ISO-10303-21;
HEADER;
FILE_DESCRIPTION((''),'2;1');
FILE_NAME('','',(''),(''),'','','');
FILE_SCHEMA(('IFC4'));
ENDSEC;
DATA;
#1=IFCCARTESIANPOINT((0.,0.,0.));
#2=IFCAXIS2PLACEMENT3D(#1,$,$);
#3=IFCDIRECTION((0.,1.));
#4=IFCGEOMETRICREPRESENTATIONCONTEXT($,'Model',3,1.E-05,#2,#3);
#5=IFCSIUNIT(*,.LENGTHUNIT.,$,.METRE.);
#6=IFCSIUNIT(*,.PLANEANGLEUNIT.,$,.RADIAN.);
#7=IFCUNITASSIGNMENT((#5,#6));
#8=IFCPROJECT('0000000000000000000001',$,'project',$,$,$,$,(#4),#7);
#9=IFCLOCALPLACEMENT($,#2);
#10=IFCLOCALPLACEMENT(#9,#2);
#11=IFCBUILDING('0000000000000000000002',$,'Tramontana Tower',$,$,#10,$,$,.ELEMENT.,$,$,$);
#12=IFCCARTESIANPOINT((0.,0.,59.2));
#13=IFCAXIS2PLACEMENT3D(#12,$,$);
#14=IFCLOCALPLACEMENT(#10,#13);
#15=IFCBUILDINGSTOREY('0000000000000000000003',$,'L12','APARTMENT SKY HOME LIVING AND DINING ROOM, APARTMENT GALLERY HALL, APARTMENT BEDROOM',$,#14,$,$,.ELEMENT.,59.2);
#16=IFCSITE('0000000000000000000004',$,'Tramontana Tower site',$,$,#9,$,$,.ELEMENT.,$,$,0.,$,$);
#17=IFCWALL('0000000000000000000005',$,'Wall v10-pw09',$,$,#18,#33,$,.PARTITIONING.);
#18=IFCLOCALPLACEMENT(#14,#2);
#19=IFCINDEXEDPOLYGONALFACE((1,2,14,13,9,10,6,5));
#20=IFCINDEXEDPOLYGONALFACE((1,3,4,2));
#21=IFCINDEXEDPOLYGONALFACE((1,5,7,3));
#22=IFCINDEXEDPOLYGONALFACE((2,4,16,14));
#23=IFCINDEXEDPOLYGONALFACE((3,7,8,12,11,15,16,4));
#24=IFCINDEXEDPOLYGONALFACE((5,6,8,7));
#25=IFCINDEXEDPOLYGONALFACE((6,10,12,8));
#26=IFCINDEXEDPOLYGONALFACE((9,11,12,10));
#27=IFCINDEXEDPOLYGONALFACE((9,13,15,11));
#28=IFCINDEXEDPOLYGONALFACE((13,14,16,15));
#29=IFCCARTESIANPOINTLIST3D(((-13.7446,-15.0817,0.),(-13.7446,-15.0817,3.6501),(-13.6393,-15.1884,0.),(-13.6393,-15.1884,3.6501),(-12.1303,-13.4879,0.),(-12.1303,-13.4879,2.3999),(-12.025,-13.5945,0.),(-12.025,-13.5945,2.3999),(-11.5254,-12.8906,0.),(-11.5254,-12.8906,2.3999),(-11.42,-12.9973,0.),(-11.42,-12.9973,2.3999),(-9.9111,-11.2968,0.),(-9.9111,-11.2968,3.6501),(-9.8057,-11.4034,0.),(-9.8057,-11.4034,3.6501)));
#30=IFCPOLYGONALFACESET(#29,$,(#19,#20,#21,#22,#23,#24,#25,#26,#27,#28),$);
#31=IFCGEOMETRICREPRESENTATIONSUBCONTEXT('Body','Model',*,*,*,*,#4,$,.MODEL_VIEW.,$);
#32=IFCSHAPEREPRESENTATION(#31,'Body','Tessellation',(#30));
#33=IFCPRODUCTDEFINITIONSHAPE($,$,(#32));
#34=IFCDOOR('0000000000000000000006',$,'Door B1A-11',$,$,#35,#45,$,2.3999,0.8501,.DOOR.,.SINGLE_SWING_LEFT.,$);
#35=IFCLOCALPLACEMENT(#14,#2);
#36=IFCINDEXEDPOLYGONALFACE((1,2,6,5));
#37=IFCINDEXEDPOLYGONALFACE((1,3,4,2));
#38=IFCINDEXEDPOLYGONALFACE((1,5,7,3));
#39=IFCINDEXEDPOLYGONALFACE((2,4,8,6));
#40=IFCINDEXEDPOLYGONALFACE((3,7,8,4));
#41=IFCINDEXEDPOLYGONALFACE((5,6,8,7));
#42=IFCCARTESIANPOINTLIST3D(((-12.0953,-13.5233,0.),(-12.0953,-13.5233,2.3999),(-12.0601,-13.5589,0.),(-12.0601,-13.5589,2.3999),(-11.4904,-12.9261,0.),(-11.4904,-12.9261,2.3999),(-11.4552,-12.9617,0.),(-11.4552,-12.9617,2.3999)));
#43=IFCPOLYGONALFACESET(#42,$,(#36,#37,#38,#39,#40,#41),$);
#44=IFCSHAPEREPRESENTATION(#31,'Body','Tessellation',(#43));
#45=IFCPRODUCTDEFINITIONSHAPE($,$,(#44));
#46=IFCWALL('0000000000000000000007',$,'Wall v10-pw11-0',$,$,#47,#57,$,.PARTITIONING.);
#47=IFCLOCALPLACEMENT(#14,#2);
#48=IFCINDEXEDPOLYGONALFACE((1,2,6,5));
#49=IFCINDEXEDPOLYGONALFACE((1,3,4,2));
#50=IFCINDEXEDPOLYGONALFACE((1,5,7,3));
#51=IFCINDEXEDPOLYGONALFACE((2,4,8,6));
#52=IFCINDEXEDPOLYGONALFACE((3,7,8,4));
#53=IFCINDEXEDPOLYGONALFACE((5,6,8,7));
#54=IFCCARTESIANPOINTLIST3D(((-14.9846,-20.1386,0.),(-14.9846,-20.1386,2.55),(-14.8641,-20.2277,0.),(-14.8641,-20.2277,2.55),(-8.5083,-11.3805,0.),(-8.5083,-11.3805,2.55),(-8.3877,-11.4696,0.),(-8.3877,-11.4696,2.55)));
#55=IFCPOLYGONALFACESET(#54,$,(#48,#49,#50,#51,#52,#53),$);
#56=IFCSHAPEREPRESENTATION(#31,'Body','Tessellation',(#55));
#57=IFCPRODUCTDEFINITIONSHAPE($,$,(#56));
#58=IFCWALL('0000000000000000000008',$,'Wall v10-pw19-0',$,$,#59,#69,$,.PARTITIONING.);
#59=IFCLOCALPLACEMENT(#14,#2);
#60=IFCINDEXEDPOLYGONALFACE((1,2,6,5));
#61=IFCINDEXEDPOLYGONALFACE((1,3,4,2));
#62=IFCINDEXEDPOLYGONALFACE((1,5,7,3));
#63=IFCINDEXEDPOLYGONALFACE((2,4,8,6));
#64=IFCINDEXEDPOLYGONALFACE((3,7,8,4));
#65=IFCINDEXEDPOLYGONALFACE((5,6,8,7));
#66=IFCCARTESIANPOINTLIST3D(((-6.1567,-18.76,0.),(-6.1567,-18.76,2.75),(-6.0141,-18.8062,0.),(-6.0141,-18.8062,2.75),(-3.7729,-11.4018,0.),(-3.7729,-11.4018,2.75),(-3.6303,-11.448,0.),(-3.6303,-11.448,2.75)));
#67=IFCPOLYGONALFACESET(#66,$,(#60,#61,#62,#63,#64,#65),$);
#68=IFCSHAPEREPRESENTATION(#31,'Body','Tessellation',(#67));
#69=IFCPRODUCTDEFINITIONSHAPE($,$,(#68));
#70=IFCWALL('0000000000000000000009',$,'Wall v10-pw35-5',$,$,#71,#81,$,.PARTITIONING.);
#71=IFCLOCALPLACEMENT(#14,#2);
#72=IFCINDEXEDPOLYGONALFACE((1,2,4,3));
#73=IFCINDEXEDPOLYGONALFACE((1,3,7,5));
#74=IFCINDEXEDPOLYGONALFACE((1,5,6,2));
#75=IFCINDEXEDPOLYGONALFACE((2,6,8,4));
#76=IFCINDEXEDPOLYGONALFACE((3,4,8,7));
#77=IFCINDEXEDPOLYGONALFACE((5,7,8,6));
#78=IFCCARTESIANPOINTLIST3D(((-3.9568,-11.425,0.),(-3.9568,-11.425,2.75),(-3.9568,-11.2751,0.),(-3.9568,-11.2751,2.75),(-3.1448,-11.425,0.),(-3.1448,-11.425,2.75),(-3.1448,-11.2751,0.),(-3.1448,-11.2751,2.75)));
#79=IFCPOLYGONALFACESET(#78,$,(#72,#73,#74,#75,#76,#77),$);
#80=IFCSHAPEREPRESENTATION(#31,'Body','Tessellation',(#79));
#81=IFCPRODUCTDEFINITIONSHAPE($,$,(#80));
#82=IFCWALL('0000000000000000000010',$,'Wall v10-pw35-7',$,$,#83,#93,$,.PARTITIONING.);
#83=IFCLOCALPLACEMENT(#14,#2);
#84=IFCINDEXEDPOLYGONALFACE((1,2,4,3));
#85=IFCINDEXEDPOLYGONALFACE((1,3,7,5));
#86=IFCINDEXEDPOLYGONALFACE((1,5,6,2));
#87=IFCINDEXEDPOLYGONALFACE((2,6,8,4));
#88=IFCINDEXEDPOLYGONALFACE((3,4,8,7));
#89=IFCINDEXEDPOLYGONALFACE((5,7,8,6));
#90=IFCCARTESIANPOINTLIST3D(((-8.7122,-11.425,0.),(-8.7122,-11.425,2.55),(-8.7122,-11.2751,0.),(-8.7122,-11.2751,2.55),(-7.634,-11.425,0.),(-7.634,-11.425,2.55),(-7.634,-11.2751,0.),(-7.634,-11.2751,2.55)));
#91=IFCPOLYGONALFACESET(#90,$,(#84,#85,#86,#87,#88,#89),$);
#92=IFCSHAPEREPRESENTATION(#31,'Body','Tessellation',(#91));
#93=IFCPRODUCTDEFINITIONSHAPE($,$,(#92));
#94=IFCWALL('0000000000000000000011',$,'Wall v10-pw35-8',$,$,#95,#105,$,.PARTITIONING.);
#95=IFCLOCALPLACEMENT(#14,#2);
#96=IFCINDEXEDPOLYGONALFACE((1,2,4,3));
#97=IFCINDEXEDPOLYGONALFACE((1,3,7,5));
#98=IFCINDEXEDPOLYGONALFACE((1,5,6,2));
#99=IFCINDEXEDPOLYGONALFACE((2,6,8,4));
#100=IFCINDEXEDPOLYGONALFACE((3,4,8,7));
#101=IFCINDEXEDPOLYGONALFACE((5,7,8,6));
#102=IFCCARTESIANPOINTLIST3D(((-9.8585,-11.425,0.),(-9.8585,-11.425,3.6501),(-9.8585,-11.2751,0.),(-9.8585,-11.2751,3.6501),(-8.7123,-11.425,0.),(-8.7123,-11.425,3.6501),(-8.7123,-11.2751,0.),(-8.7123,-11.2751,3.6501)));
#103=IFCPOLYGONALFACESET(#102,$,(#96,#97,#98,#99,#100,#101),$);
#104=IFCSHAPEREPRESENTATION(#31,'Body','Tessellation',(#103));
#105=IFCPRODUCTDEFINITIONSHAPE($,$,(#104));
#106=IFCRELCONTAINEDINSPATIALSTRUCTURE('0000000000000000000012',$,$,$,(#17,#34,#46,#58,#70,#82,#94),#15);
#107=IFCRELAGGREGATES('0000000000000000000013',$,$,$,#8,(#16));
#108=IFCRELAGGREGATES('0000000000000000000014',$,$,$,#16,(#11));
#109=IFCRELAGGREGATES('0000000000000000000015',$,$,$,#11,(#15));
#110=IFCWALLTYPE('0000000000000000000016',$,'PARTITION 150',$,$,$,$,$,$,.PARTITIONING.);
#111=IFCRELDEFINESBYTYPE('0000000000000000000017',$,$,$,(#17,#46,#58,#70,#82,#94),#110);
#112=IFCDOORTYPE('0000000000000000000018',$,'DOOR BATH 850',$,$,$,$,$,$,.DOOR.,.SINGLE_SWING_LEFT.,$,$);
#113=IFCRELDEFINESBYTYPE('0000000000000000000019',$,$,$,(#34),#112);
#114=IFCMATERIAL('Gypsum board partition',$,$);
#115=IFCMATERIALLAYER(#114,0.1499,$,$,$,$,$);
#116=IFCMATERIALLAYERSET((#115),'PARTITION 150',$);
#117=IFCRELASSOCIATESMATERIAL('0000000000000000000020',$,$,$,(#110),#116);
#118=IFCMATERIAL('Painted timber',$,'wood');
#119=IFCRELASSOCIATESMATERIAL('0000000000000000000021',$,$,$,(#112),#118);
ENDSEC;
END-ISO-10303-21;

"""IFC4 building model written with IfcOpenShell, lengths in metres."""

from ifc_helpers import new_model, si_unit, direction, frame, frame_2d, origin, place, context, subcontext, project, spatial, rectangle, extrude, material, layer, layer_set, type_object, element, fill, save


model = new_model("IFC4")

# Units and contexts
model_context = context("Model", 3, precision=1e-05, world=origin(), true_north=direction((0.0, 1.0)))
body_context = subcontext(model_context, "Body", "Model", "MODEL_VIEW")
ifc_project = project(units=[si_unit("LENGTHUNIT", "METRE"), si_unit("PLANEANGLEUNIT", "RADIAN")], contexts=[model_context])

# Site, building, storey
site_placement = place(None, origin())
site = spatial("IfcSite", under=ifc_project, at=site_placement, Name="Tramontana Tower site", CompositionType="ELEMENT", RefElevation=0.0)
building_placement = place(site_placement, origin())
building = spatial("IfcBuilding", under=site, at=building_placement, Name="Tramontana Tower", CompositionType="ELEMENT")
storey_placement = place(building_placement, frame((0.0, 0.0, 59.2)))
storey = spatial("IfcBuildingStorey", under=building, at=storey_placement, Name="L12", Description="APARTMENT SKY HOME LIVING AND DINING ROOM, APARTMENT GALLERY HALL, APARTMENT BEDROOM", CompositionType="ELEMENT", Elevation=59.2)

# Shared definitions
ifc_material_1 = material(Name="Gypsum board partition")
ifc_layer_1 = layer(ifc_material_1, 0.1499)
ifc_layer_set_1 = layer_set([ifc_layer_1], Name="PARTITION 150")
wall_type_1 = type_object("IfcWallType", Name="PARTITION 150", PredefinedType="PARTITIONING", material=ifc_layer_set_1)

# Wall, opening, door
wall_1_placement = place(storey_placement, frame((-9.8584, -11.3501, 0.0), z_axis=(0.0, 0.0, 1.0), x_axis=(-0.711602, -0.702583, 0.0)))
wall_1 = element("IfcWall", 1, at=wall_1_placement, inside=storey, type_object=wall_type_1, Name="Wall v10-pw09", PredefinedType="PARTITIONING", context=body_context, shape_type="SweptSolid", body=[
    extrude(rectangle(XDim=5.3872, YDim=0.1499, at=frame_2d((2.6936, 0.0))), origin(), (0.0, 0.0, 1.0), 3.6501),
])
opening_1_placement = place(wall_1_placement, frame((2.2686, 0.0, 0.0)))
opening_1 = element("IfcOpeningElement", 2, at=opening_1_placement, cuts=wall_1, PredefinedType="OPENING", context=body_context, shape_type="SweptSolid", body=[
    extrude(rectangle(XDim=0.8501, YDim=2.3999, at=frame_2d((0.425, 1.2))), frame((0.0, 0.085, 0.0), z_axis=(0.0, -1.0, 0.0), x_axis=(1.0, 0.0, 0.0)), (0.0, 0.0, 1.0), 0.1699),
])
ifc_material_2 = material(Name="Painted timber", Category="wood")
door_type_1 = type_object("IfcDoorType", Name="DOOR BATH 850", OperationType="SINGLE_SWING_LEFT", PredefinedType="DOOR", material=ifc_material_2)
door_1_placement = place(opening_1_placement, origin())
door_1 = element("IfcDoor", 3, at=door_1_placement, inside=storey, type_object=door_type_1, Name="Door B1A-11", OperationType="SINGLE_SWING_LEFT", OverallHeight=2.3999, OverallWidth=0.8501, PredefinedType="DOOR", context=body_context, shape_type="SweptSolid", body=[
    extrude(rectangle(XDim=0.8501, YDim=2.3999, at=frame_2d((0.425, 1.2))), frame((0.0, 0.0249, 0.0), z_axis=(0.0, -1.0, 0.0), x_axis=(1.0, 0.0, 0.0)), (0.0, 0.0, 1.0), 0.05),
])
fill(opening_1, door_1)

# Walls
wall_2_placement = place(storey_placement, frame((-8.448, -11.425, 0.0), z_axis=(0.0, 0.0, 1.0), x_axis=(-0.594568, -0.804046, 0.0)))
element("IfcWall", 4, at=wall_2_placement, inside=storey, type_object=wall_type_1, Name="Wall v10-pw11-0", PredefinedType="PARTITIONING", context=body_context, shape_type="SweptSolid", body=[
    extrude(rectangle(XDim=10.8926, YDim=0.1499, at=frame_2d((5.4463, 0.0))), origin(), (0.0, 0.0, 1.0), 2.55),
])
wall_3_placement = place(storey_placement, frame((-3.7017, -11.425, 0.0), z_axis=(0.0, 0.0, 1.0), x_axis=(-0.308196, -0.951323, 0.0)))
element("IfcWall", 5, at=wall_3_placement, inside=storey, type_object=wall_type_1, Name="Wall v10-pw19-0", PredefinedType="PARTITIONING", context=body_context, shape_type="SweptSolid", body=[
    extrude(rectangle(XDim=7.7346, YDim=0.1499, at=frame_2d((3.8672, 0.0))), origin(), (0.0, 0.0, 1.0), 2.75),
])
wall_4_placement = place(storey_placement, frame((-3.1448, -11.3501, 0.0), z_axis=(0.0, 0.0, 1.0), x_axis=(-1.0, 0.0, 0.0)))
element("IfcWall", 6, at=wall_4_placement, inside=storey, type_object=wall_type_1, Name="Wall v10-pw35-5", PredefinedType="PARTITIONING", context=body_context, shape_type="SweptSolid", body=[
    extrude(rectangle(XDim=0.812, YDim=0.1499, at=frame_2d((0.406, 0.0))), origin(), (0.0, 0.0, 1.0), 2.75),
])

# Walls
wall_5_placement = place(storey_placement, frame((-7.634, -11.3501, 0.0), z_axis=(0.0, 0.0, 1.0), x_axis=(-1.0, 0.0, 0.0)))
element("IfcWall", 7, at=wall_5_placement, inside=storey, type_object=wall_type_1, Name="Wall v10-pw35-7", PredefinedType="PARTITIONING", context=body_context, shape_type="SweptSolid", body=[
    extrude(rectangle(XDim=1.0781, YDim=0.1499, at=frame_2d((0.5391, 0.0))), origin(), (0.0, 0.0, 1.0), 2.55),
])
wall_6_placement = place(storey_placement, frame((-8.7122, -11.3501, 0.0), z_axis=(0.0, 0.0, 1.0), x_axis=(-1.0, 0.0, 0.0)))
element("IfcWall", 8, at=wall_6_placement, inside=storey, type_object=wall_type_1, Name="Wall v10-pw35-8", PredefinedType="PARTITIONING", context=body_context, shape_type="SweptSolid", body=[
    extrude(rectangle(XDim=1.1462, YDim=0.1499, at=frame_2d((0.5732, 0.0))), origin(), (0.0, 0.0, 1.0), 3.6501),
])

save(model, "model.ifc")
